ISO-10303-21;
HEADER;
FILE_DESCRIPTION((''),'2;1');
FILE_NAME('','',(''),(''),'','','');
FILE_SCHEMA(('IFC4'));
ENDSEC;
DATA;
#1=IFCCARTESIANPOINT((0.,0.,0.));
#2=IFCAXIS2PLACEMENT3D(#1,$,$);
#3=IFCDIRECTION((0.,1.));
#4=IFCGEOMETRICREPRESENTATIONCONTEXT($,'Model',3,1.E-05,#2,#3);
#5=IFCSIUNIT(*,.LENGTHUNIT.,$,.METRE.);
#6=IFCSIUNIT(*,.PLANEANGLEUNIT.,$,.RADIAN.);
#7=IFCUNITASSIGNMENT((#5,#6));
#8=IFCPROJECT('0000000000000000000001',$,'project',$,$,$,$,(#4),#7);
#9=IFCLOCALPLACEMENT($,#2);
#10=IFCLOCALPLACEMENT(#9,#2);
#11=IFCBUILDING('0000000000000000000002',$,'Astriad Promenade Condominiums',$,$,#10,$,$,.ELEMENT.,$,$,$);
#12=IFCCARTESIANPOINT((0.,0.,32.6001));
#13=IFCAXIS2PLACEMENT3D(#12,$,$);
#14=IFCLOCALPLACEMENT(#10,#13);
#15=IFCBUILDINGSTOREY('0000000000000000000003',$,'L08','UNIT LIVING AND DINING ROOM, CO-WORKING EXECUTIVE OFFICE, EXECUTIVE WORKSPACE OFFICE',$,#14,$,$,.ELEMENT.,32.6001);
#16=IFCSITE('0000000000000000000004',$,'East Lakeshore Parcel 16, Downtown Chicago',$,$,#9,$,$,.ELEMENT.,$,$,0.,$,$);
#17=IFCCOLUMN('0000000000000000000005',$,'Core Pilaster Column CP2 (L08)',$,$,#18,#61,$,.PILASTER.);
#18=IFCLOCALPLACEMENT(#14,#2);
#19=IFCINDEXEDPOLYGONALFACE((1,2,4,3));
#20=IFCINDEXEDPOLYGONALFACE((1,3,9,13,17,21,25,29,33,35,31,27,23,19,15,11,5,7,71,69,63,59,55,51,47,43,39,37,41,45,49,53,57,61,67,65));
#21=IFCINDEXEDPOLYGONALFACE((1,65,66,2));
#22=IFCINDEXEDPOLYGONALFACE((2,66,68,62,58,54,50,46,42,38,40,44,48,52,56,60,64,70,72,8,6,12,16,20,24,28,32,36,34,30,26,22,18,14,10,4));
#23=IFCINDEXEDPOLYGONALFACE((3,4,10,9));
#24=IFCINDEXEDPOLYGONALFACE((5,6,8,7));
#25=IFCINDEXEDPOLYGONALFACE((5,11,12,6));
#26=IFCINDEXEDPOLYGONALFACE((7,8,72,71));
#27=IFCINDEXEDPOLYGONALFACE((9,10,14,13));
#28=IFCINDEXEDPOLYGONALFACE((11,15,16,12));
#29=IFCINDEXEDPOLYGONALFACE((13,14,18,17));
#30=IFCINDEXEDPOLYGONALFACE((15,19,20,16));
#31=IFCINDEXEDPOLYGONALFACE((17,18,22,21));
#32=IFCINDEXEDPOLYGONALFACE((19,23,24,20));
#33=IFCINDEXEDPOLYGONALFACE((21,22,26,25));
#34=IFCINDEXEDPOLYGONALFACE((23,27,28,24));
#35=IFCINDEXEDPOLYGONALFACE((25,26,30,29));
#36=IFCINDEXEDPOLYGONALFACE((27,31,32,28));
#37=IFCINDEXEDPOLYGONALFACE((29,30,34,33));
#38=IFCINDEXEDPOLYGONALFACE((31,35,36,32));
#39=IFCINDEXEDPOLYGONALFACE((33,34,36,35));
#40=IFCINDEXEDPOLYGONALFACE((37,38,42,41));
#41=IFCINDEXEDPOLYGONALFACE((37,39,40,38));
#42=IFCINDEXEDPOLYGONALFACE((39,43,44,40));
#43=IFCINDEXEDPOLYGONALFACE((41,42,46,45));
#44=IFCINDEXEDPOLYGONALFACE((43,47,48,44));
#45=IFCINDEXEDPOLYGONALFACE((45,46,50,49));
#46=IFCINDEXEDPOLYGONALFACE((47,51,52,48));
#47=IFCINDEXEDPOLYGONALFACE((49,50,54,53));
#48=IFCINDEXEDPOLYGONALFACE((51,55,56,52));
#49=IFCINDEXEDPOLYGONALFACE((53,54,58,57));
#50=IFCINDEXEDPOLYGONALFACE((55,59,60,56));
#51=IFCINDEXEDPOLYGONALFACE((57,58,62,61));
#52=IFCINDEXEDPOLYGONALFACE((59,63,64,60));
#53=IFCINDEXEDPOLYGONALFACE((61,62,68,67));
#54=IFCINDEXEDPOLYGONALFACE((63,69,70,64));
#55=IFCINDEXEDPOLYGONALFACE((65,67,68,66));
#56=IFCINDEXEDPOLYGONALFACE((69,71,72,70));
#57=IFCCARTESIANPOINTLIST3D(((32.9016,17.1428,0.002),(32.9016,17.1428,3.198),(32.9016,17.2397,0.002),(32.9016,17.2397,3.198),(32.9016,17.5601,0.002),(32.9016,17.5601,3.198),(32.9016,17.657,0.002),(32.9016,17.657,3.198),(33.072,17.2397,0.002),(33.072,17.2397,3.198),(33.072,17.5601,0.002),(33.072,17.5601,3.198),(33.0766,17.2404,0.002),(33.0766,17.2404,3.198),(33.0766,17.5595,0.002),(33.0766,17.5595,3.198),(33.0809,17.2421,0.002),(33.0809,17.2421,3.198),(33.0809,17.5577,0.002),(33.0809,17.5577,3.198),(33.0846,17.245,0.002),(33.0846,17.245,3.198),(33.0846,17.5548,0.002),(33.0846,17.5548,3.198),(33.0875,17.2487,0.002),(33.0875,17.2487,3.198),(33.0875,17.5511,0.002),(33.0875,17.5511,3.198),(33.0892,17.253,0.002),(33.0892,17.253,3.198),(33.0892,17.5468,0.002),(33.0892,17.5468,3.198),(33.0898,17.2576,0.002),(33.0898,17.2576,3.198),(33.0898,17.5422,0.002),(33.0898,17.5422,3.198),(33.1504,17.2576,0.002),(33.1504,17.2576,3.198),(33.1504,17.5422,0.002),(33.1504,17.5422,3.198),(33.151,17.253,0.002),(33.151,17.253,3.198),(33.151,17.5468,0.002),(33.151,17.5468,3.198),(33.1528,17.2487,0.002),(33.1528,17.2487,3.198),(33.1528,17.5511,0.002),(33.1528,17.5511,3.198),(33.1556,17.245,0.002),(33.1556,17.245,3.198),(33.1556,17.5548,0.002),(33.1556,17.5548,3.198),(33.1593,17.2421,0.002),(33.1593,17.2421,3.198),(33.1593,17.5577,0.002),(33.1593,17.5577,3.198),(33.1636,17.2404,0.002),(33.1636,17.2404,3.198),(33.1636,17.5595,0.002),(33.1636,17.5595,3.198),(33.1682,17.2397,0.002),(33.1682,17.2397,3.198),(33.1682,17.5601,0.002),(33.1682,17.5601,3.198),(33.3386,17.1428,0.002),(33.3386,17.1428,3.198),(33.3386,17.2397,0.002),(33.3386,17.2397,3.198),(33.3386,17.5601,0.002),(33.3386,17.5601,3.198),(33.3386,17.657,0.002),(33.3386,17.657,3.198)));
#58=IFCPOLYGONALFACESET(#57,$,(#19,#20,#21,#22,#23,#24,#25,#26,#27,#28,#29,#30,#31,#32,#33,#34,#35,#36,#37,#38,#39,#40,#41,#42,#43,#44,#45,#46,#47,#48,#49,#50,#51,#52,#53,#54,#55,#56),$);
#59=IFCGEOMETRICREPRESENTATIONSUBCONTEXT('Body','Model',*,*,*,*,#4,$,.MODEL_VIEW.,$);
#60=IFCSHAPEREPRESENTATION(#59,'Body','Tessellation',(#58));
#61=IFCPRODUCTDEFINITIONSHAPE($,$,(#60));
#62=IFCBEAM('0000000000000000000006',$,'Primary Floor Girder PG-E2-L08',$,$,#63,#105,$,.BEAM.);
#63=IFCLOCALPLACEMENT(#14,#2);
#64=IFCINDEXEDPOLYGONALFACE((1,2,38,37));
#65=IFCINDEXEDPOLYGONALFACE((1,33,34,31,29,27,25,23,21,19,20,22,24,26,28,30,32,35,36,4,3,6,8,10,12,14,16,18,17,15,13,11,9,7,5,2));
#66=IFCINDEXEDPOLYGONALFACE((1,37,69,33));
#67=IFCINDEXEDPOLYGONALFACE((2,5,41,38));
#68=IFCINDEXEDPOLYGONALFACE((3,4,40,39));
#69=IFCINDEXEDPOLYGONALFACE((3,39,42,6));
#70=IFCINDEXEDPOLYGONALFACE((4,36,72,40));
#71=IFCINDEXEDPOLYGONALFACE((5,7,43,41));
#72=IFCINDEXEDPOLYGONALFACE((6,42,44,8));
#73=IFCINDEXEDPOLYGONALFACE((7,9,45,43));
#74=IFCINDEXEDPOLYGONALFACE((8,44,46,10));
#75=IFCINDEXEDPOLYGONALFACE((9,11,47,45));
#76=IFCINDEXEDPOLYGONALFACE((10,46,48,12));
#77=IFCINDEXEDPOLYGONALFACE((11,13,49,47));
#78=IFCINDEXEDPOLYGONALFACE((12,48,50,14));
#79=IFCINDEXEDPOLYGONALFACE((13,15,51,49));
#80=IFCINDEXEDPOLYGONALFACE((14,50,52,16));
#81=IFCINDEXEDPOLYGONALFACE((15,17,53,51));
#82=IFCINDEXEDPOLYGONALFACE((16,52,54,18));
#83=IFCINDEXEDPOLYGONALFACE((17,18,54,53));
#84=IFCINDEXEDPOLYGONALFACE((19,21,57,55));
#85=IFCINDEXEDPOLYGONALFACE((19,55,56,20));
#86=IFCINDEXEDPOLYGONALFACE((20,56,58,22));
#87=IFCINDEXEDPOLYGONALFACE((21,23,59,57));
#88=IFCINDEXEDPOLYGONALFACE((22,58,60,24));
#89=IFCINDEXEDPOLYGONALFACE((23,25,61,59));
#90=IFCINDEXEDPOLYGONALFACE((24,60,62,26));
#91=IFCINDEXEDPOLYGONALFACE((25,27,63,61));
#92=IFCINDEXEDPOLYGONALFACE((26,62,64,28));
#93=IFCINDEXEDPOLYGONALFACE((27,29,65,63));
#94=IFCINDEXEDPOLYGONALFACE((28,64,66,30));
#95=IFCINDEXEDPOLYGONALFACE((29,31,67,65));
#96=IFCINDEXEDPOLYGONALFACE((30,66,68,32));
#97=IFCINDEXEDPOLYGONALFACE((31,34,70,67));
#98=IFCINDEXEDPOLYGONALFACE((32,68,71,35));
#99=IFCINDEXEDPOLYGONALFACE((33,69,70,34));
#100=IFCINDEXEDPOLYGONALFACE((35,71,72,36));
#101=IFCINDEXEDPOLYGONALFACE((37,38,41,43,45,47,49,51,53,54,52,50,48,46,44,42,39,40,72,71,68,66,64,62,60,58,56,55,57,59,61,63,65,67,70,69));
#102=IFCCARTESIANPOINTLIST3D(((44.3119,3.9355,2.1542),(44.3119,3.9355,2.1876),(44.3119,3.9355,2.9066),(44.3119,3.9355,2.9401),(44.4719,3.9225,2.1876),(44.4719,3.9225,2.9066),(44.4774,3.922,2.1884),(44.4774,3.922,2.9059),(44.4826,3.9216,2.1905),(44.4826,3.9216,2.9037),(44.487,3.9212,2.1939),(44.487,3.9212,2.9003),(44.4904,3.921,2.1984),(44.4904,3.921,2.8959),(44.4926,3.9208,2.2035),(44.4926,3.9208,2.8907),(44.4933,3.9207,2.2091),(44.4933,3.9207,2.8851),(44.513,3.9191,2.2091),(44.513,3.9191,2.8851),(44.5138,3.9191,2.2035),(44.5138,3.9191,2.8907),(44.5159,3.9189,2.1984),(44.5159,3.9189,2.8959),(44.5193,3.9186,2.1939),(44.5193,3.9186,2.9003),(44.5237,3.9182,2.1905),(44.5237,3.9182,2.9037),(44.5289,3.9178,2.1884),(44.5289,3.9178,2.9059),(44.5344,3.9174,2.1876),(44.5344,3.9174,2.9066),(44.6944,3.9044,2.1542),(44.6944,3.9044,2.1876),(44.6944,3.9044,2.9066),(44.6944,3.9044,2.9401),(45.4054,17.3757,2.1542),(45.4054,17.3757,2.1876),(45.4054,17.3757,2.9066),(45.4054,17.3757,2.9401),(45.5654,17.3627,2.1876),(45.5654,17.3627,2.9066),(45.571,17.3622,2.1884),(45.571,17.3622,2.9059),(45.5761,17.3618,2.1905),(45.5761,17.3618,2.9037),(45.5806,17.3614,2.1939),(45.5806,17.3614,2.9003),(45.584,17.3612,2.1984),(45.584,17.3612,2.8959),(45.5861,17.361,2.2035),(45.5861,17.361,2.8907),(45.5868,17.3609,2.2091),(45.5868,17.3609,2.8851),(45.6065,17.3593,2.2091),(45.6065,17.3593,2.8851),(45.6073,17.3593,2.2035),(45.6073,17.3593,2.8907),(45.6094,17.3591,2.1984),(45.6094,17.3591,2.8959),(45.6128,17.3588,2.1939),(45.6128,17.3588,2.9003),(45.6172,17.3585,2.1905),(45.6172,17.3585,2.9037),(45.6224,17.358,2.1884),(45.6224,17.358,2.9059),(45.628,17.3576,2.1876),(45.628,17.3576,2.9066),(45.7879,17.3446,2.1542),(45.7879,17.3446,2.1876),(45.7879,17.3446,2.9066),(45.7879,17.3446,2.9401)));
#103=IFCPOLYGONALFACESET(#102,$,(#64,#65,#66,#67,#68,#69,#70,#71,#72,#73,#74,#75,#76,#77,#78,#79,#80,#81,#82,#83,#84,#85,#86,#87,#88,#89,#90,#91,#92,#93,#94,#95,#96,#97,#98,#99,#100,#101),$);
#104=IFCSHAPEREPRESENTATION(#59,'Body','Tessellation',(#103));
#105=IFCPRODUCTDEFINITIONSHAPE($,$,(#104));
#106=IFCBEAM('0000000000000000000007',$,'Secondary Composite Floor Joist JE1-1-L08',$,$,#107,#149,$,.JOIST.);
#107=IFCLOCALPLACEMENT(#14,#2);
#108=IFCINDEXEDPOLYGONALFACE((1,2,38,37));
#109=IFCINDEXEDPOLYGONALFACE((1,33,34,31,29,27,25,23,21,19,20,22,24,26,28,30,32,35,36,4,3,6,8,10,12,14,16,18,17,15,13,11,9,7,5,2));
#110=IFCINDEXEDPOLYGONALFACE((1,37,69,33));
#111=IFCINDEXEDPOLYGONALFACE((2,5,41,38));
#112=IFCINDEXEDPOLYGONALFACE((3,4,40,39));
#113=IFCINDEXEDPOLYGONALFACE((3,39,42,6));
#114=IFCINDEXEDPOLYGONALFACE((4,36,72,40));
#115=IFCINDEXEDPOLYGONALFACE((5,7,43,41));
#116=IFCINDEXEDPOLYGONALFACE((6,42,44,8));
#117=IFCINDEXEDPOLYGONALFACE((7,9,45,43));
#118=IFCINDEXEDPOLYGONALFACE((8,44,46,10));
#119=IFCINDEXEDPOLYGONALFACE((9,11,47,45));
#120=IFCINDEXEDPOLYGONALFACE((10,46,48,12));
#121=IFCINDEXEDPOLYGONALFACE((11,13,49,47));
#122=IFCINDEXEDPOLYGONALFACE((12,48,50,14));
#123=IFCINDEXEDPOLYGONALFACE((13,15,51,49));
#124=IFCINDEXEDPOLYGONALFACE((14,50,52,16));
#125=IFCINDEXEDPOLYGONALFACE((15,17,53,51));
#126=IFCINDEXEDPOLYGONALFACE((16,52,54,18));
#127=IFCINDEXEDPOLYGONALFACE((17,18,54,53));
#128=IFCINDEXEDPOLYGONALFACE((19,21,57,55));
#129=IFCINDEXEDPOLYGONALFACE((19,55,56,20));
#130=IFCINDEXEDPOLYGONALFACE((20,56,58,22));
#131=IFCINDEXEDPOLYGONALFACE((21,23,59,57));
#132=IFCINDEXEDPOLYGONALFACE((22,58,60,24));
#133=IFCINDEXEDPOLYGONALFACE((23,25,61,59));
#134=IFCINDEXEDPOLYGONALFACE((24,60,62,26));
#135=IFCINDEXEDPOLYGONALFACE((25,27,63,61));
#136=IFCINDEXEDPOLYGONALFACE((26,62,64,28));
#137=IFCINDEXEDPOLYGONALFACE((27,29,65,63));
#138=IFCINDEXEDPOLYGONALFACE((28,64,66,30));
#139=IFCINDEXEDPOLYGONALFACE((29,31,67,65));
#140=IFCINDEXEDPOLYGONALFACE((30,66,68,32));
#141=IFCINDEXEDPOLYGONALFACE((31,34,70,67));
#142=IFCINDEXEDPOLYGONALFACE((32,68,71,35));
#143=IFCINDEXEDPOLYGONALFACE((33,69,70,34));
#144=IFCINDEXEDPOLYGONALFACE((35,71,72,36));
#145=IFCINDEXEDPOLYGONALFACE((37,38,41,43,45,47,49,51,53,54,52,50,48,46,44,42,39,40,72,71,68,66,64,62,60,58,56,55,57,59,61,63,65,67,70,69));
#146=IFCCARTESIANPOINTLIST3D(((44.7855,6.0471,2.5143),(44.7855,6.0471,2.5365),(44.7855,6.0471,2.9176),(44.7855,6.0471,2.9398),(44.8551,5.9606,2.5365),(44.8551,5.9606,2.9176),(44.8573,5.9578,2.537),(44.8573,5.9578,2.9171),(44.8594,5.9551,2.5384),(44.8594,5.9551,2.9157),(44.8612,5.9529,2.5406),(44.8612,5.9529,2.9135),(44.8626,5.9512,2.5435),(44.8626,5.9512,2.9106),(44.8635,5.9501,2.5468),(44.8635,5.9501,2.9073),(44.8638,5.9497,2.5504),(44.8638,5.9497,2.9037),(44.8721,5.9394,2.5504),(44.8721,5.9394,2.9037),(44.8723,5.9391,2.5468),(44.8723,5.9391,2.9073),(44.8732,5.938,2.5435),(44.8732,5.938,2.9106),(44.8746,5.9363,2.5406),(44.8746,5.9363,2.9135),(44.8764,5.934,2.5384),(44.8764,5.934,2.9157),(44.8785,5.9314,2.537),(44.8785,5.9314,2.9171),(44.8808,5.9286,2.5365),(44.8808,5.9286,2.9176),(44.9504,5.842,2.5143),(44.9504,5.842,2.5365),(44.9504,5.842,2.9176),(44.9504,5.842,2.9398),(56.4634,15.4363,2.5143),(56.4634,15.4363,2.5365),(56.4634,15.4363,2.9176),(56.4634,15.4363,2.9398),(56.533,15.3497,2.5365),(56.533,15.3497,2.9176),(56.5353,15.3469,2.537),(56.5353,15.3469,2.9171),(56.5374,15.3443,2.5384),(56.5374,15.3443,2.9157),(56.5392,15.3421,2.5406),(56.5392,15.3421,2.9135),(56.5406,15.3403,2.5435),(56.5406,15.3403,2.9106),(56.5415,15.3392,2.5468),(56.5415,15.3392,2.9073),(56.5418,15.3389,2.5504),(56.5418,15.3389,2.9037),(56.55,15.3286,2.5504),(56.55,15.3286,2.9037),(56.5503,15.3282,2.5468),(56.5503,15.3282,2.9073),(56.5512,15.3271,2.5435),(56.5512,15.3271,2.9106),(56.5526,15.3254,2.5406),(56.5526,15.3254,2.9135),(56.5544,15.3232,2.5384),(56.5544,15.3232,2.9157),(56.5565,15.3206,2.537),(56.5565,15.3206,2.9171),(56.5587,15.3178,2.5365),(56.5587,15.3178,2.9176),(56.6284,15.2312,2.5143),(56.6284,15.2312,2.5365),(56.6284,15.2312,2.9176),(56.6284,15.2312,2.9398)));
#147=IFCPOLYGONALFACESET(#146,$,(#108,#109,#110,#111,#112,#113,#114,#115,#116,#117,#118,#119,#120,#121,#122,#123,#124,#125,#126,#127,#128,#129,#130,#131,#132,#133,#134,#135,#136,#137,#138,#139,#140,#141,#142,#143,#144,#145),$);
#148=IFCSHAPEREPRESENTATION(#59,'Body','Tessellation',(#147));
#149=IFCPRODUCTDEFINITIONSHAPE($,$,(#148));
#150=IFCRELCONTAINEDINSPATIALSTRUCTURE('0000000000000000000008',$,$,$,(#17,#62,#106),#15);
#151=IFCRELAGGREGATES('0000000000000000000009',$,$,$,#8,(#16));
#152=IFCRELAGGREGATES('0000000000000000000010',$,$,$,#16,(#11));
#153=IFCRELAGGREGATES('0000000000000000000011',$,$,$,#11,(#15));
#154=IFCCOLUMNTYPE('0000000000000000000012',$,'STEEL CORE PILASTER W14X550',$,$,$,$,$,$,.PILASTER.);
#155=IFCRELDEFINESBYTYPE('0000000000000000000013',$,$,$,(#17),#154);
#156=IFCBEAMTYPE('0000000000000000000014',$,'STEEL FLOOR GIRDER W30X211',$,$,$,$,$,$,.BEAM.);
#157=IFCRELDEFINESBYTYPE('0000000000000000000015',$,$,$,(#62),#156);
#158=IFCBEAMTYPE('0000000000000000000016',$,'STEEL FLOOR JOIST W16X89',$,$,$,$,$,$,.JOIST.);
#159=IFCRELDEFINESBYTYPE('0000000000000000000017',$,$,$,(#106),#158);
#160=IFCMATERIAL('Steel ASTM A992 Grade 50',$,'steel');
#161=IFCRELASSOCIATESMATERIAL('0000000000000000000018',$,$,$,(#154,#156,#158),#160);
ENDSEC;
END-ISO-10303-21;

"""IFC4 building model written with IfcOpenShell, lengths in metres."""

from ifc_helpers import new_model, si_unit, direction, frame, origin, origin_2d, place, context, subcontext, project, spatial, i_section, extrude, source, transform, mapped, material, material_profile, profile_set, type_object, type_shapes, element, save


model = new_model("IFC4")

# Units and contexts
model_context = context("Model", 3, precision=1e-05, world=origin(), true_north=direction((0.0, 1.0)))
body_context = subcontext(model_context, "Body", "Model", "MODEL_VIEW")
ifc_project = project(units=[si_unit("LENGTHUNIT", "METRE"), si_unit("PLANEANGLEUNIT", "RADIAN")], contexts=[model_context])

# Site, building, storey
site_placement = place(None, origin())
site = spatial("IfcSite", under=ifc_project, at=site_placement, Name="East Lakeshore Parcel 16, Downtown Chicago", CompositionType="ELEMENT", RefElevation=0.0)
building_placement = place(site_placement, origin())
building = spatial("IfcBuilding", under=site, at=building_placement, Name="Astriad Promenade Condominiums", CompositionType="ELEMENT")
storey_placement = place(building_placement, frame((0.0, 0.0, 32.6001)))
storey = spatial("IfcBuildingStorey", under=building, at=storey_placement, Name="L08", Description="UNIT LIVING AND DINING ROOM, CO-WORKING EXECUTIVE OFFICE, EXECUTIVE WORKSPACE OFFICE", CompositionType="ELEMENT", Elevation=32.6001)

# Column
ifc_material_1 = material(Name="Steel ASTM A992 Grade 50", Category="steel")
ifc_material_profile_1 = material_profile(ifc_material_1, i_section(OverallWidth=0.437, OverallDepth=0.5142, WebThickness=0.0605, FlangeThickness=0.0969, FilletRadius=0.0178, at=origin_2d()), Name="W14X550")
ifc_profile_set_1 = profile_set([ifc_material_profile_1], Name="Steel ASTM A992 Grade 50")
column_type = type_object("IfcColumnType", Name="STEEL CORE PILASTER W14X550", PredefinedType="PILASTER", material=ifc_profile_set_1)
shared_shape_1 = source(origin(), body_context, "Body", "SweptSolid", [
    extrude(i_section(OverallWidth=0.437, OverallDepth=0.5142, WebThickness=0.0605, FlangeThickness=0.0969, FilletRadius=0.0178, at=origin_2d()), origin(), (0.0, 0.0, 1.0), 3.196),
])
type_shapes(column_type, [shared_shape_1])
column_placement = place(storey_placement, frame((33.1201, 17.3999, 0.002), z_axis=(0.0, 0.0, 1.0), x_axis=(1.0, 0.0, 0.0)))
element("IfcColumn", 1, at=column_placement, inside=storey, type_object=column_type, Name="Core Pilaster Column CP2 (L08)", PredefinedType="PILASTER", context=body_context, shape_type="MappedRepresentation", body=[
    mapped(shared_shape_1, transform((0.0, 0.0, 0.0), scale=1.0)),
])

# Beams
ifc_material_profile_2 = material_profile(ifc_material_1, i_section(OverallWidth=0.3838, OverallDepth=0.7859, WebThickness=0.0198, FlangeThickness=0.0334, FilletRadius=0.0215, at=origin_2d()), Name="W30X211")
ifc_profile_set_2 = profile_set([ifc_material_profile_2], Name="Steel ASTM A992 Grade 50")
beam_type_1 = type_object("IfcBeamType", Name="STEEL FLOOR GIRDER W30X211", PredefinedType="BEAM", material=ifc_profile_set_2)
shared_shape_2 = source(origin(), body_context, "Body", "SweptSolid", [
    extrude(i_section(OverallWidth=0.3838, OverallDepth=0.7859, WebThickness=0.0198, FlangeThickness=0.0334, FilletRadius=0.0215, at=origin_2d()), origin(), (0.0, 0.0, 1.0), 13.4846),
])
type_shapes(beam_type_1, [shared_shape_2])
beam_1_placement = place(storey_placement, frame((44.5032, 3.9199, 2.5471), z_axis=(0.081093, 0.996707, 0.0), x_axis=(-0.996707, 0.081093, 0.0)))
element("IfcBeam", 2, at=beam_1_placement, inside=storey, type_object=beam_type_1, Name="Primary Floor Girder PG-E2-L08", PredefinedType="BEAM", context=body_context, shape_type="MappedRepresentation", body=[
    mapped(shared_shape_2, transform((0.0, 0.0, 0.0), scale=1.0)),
])
ifc_material_profile_3 = material_profile(ifc_material_1, i_section(OverallWidth=0.2632, OverallDepth=0.4255, WebThickness=0.0132, FlangeThickness=0.0222, FilletRadius=0.0139, at=origin_2d()), Name="W16X89")
ifc_profile_set_3 = profile_set([ifc_material_profile_3], Name="Steel ASTM A992 Grade 50")
beam_type_2 = type_object("IfcBeamType", Name="STEEL FLOOR JOIST W16X89", PredefinedType="JOIST", material=ifc_profile_set_3)
shared_shape_3 = source(origin(), body_context, "Body", "SweptSolid", [
    extrude(i_section(OverallWidth=0.2632, OverallDepth=0.4255, WebThickness=0.0132, FlangeThickness=0.0222, FilletRadius=0.0139, at=origin_2d()), origin(), (0.0, 0.0, 1.0), 14.9844),
])
beam_2_placement = place(storey_placement, frame((44.8679, 5.9446, 2.7271), z_axis=(0.779344, 0.626597, 0.0), x_axis=(-0.626597, 0.779344, 0.0)))
element("IfcBeam", 3, at=beam_2_placement, inside=storey, type_object=beam_type_2, Name="Secondary Composite Floor Joist JE1-1-L08", PredefinedType="JOIST", context=body_context, shape_type="MappedRepresentation", body=[
    mapped(shared_shape_3, transform((0.0, 0.0, 0.0), scale=1.0)),
])

save(model, "model.ifc")
